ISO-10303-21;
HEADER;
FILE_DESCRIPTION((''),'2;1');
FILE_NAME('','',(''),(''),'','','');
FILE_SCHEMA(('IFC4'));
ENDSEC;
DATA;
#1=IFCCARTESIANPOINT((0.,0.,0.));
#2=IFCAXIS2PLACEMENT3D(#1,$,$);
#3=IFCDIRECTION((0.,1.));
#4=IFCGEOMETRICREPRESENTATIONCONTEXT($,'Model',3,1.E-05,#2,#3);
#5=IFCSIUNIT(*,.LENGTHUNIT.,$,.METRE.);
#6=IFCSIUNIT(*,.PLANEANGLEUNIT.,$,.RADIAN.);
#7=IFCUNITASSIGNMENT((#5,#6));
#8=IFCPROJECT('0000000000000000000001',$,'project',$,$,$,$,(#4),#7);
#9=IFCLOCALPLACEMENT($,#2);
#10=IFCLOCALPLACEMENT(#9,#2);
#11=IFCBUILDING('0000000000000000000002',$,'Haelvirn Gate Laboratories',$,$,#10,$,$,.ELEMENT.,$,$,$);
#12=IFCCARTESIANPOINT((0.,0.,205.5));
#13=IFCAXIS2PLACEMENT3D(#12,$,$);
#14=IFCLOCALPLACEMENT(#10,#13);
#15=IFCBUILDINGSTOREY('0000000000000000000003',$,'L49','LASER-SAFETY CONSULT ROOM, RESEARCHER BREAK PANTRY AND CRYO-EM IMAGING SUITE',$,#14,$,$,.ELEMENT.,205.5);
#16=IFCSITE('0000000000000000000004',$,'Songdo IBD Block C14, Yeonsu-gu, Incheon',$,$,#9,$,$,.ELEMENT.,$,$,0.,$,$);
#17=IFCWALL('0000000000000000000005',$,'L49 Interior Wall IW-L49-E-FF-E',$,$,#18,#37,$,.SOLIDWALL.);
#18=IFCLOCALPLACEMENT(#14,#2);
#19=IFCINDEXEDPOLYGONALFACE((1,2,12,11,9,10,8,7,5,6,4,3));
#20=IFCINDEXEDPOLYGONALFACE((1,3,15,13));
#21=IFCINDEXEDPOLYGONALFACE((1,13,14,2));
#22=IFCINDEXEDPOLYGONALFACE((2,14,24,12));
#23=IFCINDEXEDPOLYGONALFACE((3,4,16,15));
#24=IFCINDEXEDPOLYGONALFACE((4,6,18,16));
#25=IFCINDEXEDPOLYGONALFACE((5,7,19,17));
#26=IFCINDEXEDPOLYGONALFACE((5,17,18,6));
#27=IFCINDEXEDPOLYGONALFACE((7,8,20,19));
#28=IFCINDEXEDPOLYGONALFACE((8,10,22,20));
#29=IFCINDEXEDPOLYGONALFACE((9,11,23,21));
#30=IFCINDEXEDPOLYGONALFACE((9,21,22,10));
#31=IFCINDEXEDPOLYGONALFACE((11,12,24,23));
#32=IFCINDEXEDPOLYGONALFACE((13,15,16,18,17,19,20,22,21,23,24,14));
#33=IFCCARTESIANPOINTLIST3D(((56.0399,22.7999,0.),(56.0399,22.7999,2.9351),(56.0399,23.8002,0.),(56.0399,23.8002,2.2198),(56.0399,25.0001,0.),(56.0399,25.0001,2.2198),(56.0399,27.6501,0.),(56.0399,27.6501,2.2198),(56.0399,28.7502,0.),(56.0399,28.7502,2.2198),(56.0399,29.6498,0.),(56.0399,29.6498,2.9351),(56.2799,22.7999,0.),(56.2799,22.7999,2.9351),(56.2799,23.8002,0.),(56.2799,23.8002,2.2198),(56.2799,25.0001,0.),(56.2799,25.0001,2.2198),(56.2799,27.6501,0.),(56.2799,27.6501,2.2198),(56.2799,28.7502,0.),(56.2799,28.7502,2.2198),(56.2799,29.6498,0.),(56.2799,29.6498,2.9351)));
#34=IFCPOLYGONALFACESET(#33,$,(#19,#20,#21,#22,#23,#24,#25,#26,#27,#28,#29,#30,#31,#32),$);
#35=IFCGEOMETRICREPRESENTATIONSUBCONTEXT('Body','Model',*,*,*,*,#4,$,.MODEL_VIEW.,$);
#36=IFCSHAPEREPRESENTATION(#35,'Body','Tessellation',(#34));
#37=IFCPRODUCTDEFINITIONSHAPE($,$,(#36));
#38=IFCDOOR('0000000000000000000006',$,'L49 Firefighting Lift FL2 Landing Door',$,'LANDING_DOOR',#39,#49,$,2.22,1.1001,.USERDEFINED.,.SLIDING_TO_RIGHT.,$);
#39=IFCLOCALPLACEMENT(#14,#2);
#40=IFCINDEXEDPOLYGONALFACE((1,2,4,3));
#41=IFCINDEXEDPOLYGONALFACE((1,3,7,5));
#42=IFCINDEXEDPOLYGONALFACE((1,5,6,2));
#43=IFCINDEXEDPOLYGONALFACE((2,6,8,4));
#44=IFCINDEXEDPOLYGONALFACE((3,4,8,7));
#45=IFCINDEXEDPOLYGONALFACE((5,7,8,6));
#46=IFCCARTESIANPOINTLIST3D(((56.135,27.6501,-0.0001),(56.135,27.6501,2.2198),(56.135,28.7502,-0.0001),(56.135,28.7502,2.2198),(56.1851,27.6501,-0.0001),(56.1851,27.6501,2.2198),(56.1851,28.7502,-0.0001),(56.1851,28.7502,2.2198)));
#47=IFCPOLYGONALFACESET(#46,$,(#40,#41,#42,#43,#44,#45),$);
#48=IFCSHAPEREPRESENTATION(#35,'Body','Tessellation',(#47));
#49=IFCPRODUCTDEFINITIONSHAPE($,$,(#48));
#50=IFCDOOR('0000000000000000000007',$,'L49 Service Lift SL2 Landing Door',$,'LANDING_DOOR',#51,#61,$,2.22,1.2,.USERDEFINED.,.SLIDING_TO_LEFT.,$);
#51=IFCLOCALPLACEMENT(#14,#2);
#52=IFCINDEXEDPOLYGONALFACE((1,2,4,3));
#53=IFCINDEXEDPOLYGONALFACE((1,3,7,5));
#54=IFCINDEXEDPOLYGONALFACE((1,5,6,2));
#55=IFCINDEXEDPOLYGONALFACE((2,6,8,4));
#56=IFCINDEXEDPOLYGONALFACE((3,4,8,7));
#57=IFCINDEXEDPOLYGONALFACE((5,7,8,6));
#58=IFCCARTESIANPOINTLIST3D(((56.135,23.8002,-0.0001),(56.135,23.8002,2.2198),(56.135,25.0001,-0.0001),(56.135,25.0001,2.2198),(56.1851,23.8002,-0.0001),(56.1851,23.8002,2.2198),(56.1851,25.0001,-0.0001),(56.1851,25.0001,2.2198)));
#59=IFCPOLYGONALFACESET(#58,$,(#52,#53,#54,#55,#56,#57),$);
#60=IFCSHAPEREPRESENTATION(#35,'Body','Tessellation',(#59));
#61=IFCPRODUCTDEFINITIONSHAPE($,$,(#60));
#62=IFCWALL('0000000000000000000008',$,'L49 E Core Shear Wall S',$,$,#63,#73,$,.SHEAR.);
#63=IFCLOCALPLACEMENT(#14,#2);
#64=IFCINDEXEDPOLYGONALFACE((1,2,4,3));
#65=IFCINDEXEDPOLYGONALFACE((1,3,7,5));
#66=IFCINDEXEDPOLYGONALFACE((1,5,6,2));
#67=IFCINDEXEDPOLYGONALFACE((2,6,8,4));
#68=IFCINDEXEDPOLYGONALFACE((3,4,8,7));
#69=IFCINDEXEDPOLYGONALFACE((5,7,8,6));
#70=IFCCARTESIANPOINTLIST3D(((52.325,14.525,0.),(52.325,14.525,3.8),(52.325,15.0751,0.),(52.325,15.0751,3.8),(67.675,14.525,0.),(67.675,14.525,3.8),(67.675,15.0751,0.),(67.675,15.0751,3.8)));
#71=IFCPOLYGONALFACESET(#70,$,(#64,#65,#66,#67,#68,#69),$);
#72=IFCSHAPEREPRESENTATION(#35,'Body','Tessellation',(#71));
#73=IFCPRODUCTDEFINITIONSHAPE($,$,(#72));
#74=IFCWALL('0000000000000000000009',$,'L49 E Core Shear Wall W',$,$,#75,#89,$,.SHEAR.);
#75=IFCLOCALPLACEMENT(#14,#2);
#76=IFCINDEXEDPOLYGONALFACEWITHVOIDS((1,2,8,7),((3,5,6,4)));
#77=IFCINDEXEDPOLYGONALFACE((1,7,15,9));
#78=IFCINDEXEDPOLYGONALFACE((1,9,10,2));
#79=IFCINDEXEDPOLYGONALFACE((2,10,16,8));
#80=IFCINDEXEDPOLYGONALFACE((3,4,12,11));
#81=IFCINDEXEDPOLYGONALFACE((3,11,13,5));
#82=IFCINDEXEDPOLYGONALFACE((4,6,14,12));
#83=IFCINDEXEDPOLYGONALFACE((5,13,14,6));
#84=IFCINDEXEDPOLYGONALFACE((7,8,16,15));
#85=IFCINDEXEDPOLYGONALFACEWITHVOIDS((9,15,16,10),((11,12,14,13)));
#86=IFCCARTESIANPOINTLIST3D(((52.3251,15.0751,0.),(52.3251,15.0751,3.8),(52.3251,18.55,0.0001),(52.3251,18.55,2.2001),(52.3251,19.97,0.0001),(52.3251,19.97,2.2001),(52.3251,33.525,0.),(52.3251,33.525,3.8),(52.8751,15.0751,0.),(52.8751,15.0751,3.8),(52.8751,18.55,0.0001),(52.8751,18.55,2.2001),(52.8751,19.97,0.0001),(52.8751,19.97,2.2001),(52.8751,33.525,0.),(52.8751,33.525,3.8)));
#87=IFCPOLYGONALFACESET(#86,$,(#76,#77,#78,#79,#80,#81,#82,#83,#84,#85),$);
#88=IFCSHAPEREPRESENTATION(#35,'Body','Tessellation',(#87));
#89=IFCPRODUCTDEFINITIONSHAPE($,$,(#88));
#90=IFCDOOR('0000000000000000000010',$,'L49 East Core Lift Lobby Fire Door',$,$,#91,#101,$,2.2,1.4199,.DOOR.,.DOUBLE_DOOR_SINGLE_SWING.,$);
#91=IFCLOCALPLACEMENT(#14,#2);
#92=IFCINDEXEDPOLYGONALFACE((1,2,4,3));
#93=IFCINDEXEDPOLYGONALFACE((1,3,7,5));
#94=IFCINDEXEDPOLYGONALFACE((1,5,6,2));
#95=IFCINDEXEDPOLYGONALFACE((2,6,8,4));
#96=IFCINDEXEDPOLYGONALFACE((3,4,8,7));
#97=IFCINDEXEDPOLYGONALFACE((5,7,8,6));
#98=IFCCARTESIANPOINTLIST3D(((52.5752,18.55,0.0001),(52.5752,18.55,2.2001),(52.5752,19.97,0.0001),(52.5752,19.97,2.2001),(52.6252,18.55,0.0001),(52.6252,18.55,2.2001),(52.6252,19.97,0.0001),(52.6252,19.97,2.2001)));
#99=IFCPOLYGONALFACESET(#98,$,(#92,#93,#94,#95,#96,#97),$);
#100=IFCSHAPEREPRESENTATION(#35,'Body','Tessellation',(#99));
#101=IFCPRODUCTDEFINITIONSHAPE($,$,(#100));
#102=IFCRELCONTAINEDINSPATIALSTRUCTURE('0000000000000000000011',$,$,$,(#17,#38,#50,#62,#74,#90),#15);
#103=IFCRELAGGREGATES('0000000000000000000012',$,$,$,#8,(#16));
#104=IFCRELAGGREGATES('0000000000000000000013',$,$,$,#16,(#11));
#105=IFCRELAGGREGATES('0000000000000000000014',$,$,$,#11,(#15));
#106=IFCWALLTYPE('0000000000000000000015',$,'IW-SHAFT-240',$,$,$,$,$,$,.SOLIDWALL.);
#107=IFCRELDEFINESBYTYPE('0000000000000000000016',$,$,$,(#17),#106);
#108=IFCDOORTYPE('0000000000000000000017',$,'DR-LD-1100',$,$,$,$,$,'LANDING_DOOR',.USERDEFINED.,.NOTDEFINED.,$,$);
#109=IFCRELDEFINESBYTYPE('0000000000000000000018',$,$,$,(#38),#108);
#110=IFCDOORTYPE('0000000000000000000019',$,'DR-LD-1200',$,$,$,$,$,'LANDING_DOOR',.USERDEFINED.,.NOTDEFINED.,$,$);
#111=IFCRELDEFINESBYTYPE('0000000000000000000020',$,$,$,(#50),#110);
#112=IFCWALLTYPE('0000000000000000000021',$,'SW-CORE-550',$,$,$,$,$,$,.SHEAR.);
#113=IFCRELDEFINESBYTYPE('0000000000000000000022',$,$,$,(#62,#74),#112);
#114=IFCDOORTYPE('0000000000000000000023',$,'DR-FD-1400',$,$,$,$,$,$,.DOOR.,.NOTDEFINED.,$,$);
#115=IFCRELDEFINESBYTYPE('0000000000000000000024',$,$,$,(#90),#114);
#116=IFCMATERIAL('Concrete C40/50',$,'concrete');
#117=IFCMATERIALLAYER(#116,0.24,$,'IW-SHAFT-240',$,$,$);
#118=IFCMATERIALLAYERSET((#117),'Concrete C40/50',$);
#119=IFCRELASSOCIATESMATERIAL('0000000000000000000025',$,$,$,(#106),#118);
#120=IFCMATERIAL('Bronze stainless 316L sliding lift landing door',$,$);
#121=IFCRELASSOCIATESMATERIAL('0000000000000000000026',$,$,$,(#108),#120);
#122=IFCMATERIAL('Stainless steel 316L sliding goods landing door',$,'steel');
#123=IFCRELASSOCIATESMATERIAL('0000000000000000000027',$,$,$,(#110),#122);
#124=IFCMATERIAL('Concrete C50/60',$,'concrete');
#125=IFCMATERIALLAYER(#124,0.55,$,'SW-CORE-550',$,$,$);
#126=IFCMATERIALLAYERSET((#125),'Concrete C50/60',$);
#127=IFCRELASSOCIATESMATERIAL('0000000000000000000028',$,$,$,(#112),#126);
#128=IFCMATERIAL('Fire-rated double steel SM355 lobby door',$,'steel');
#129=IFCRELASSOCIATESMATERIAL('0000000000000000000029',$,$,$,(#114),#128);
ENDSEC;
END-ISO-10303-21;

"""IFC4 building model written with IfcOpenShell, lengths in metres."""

from ifc_helpers import new_model, si_unit, direction, frame, frame_2d, origin, place, context, subcontext, project, spatial, rectangle, extrude, source, transform, mapped, material, layer, layer_set, type_object, type_shapes, element, fill, save


model = new_model("IFC4")

# Units and contexts
model_context = context("Model", 3, precision=1e-05, world=origin(), true_north=direction((0.0, 1.0)))
body_context = subcontext(model_context, "Body", "Model", "MODEL_VIEW")
ifc_project = project(units=[si_unit("LENGTHUNIT", "METRE"), si_unit("PLANEANGLEUNIT", "RADIAN")], contexts=[model_context])

# Site, building, storey
site_placement = place(None, origin())
site = spatial("IfcSite", under=ifc_project, at=site_placement, Name="Songdo IBD Block C14, Yeonsu-gu, Incheon", CompositionType="ELEMENT", RefElevation=0.0)
building_placement = place(site_placement, origin())
building = spatial("IfcBuilding", under=site, at=building_placement, Name="Haelvirn Gate Laboratories", CompositionType="ELEMENT")
storey_placement = place(building_placement, frame((0.0, 0.0, 205.5)))
storey = spatial("IfcBuildingStorey", under=building, at=storey_placement, Name="L49", Description="LASER-SAFETY CONSULT ROOM, RESEARCHER BREAK PANTRY AND CRYO-EM IMAGING SUITE", CompositionType="ELEMENT", Elevation=205.5)

# Shared definitions
ifc_material_1 = material(Name="Concrete C40/50", Category="concrete")

# Wall, openings, doors
ifc_layer_1 = layer(ifc_material_1, 0.24, Name="IW-SHAFT-240")
ifc_layer_set_1 = layer_set([ifc_layer_1], Name="Concrete C40/50")
wall_type_1 = type_object("IfcWallType", Name="IW-SHAFT-240", PredefinedType="SOLIDWALL", material=ifc_layer_set_1)
wall_1_placement = place(storey_placement, frame((56.1599, 22.8, 0.0), z_axis=(0.0, 0.0, 1.0), x_axis=(0.0, 1.0, 0.0)))
wall_1 = element("IfcWall", 1, at=wall_1_placement, inside=storey, type_object=wall_type_1, Name="L49 Interior Wall IW-L49-E-FF-E", PredefinedType="SOLIDWALL", context=body_context, shape_type="SweptSolid", body=[
    extrude(rectangle(XDim=6.8499, YDim=0.24, at=frame_2d((3.4248, 0.0))), origin(), (0.0, 0.0, 1.0), 2.9351),
])
opening_1_placement = place(wall_1_placement, frame((4.8501, 0.0, 0.0)))
opening_1 = element("IfcOpeningElement", 2, at=opening_1_placement, cuts=wall_1, PredefinedType="OPENING", context=body_context, shape_type="SweptSolid", body=[
    extrude(rectangle(XDim=1.1001, YDim=2.22, at=frame_2d((0.55, 1.1099))), frame((0.0, 0.1299, 0.0), z_axis=(0.0, -1.0, 0.0), x_axis=(1.0, 0.0, 0.0)), (0.0, 0.0, 1.0), 0.26),
])
opening_2_placement = place(wall_1_placement, frame((1.0, 0.0, 0.0)))
opening_2 = element("IfcOpeningElement", 3, at=opening_2_placement, cuts=wall_1, PredefinedType="OPENING", context=body_context, shape_type="SweptSolid", body=[
    extrude(rectangle(XDim=1.2, YDim=2.22, at=frame_2d((0.6001, 1.1099))), frame((0.0, 0.1299, 0.0), z_axis=(0.0, -1.0, 0.0), x_axis=(1.0, 0.0, 0.0)), (0.0, 0.0, 1.0), 0.26),
])
ifc_material_2 = material(Name="Bronze stainless 316L sliding lift landing door")
door_type_1 = type_object("IfcDoorType", Name="DR-LD-1100", ElementType="LANDING_DOOR", OperationType="NOTDEFINED", PredefinedType="USERDEFINED", material=ifc_material_2)
shared_shape_1 = source(origin(), body_context, "Body", "SweptSolid", [
    extrude(rectangle(XDim=1.1001, YDim=2.22, at=frame_2d((0.55, 1.1099))), frame((0.0, 0.0249, 0.0), z_axis=(0.0, -1.0, 0.0), x_axis=(1.0, 0.0, 0.0)), (0.0, 0.0, 1.0), 0.05),
])
type_shapes(door_type_1, [shared_shape_1])
door_1_placement = place(opening_1_placement, origin())
door_1 = element("IfcDoor", 4, at=door_1_placement, inside=storey, type_object=door_type_1, Name="L49 Firefighting Lift FL2 Landing Door", ObjectType="LANDING_DOOR", OperationType="SLIDING_TO_RIGHT", OverallHeight=2.22, OverallWidth=1.1001, PredefinedType="USERDEFINED", context=body_context, shape_type="MappedRepresentation", body=[
    mapped(shared_shape_1, transform((0.0, 0.0, 0.0), scale=1.0)),
])
fill(opening_1, door_1)
ifc_material_3 = material(Name="Stainless steel 316L sliding goods landing door", Category="steel")
door_type_2 = type_object("IfcDoorType", Name="DR-LD-1200", ElementType="LANDING_DOOR", OperationType="NOTDEFINED", PredefinedType="USERDEFINED", material=ifc_material_3)
shared_shape_2 = source(origin(), body_context, "Body", "SweptSolid", [
    extrude(rectangle(XDim=1.2, YDim=2.22, at=frame_2d((0.6001, 1.1099))), frame((0.0, 0.0249, 0.0), z_axis=(0.0, -1.0, 0.0), x_axis=(1.0, 0.0, 0.0)), (0.0, 0.0, 1.0), 0.05),
])
type_shapes(door_type_2, [shared_shape_2])
door_2_placement = place(opening_2_placement, origin())
door_2 = element("IfcDoor", 5, at=door_2_placement, inside=storey, type_object=door_type_2, Name="L49 Service Lift SL2 Landing Door", ObjectType="LANDING_DOOR", OperationType="SLIDING_TO_LEFT", OverallHeight=2.22, OverallWidth=1.2, PredefinedType="USERDEFINED", context=body_context, shape_type="MappedRepresentation", body=[
    mapped(shared_shape_2, transform((0.0, 0.0, 0.0), scale=1.0)),
])
fill(opening_2, door_2)

# Wall
ifc_material_4 = material(Name="Concrete C50/60", Category="concrete")
ifc_layer_2 = layer(ifc_material_4, 0.55, Name="SW-CORE-550")
ifc_layer_set_2 = layer_set([ifc_layer_2], Name="Concrete C50/60")
wall_type_2 = type_object("IfcWallType", Name="SW-CORE-550", PredefinedType="SHEAR", material=ifc_layer_set_2)
wall_2_placement = place(storey_placement, frame((52.325, 14.8, 0.0), z_axis=(0.0, 0.0, 1.0), x_axis=(1.0, 0.0, 0.0)))
element("IfcWall", 6, at=wall_2_placement, inside=storey, type_object=wall_type_2, Name="L49 E Core Shear Wall S", PredefinedType="SHEAR", context=body_context, shape_type="SweptSolid", body=[
    extrude(rectangle(XDim=15.3501, YDim=0.55, at=frame_2d((7.675, 0.0))), origin(), (0.0, 0.0, 1.0), 3.8),
])

# Wall, opening, door
wall_3_placement = place(storey_placement, frame((52.6001, 15.075, 0.0), z_axis=(0.0, 0.0, 1.0), x_axis=(0.0, 1.0, 0.0)))
wall_3 = element("IfcWall", 7, at=wall_3_placement, inside=storey, type_object=wall_type_2, Name="L49 E Core Shear Wall W", PredefinedType="SHEAR", context=body_context, shape_type="SweptSolid", body=[
    extrude(rectangle(XDim=18.45, YDim=0.55, at=frame_2d((9.2251, 0.0))), origin(), (0.0, 0.0, 1.0), 3.8),
])
opening_3_placement = place(wall_3_placement, frame((3.4751, 0.0, 0.0)))
opening_3 = element("IfcOpeningElement", 8, at=opening_3_placement, cuts=wall_3, PredefinedType="OPENING", context=body_context, shape_type="SweptSolid", body=[
    extrude(rectangle(XDim=1.4199, YDim=2.2, at=frame_2d((0.71, 1.1001))), frame((0.0, 0.2852, 0.0), z_axis=(0.0, -1.0, 0.0), x_axis=(1.0, 0.0, 0.0)), (0.0, 0.0, 1.0), 0.5701),
])
ifc_material_5 = material(Name="Fire-rated double steel SM355 lobby door", Category="steel")
door_type_3 = type_object("IfcDoorType", Name="DR-FD-1400", OperationType="NOTDEFINED", PredefinedType="DOOR", material=ifc_material_5)
shared_shape_3 = source(origin(), body_context, "Body", "SweptSolid", [
    extrude(rectangle(XDim=1.4199, YDim=2.2, at=frame_2d((0.71, 1.1001))), frame((0.0, 0.0249, 0.0), z_axis=(0.0, -1.0, 0.0), x_axis=(1.0, 0.0, 0.0)), (0.0, 0.0, 1.0), 0.05),
])
type_shapes(door_type_3, [shared_shape_3])
door_3_placement = place(opening_3_placement, origin())
door_3 = element("IfcDoor", 9, at=door_3_placement, inside=storey, type_object=door_type_3, Name="L49 East Core Lift Lobby Fire Door", OperationType="DOUBLE_DOOR_SINGLE_SWING", OverallHeight=2.2, OverallWidth=1.4199, PredefinedType="DOOR", context=body_context, shape_type="MappedRepresentation", body=[
    mapped(shared_shape_3, transform((0.0, 0.0, 0.0), scale=1.0)),
])
fill(opening_3, door_3)

save(model, "model.ifc")
